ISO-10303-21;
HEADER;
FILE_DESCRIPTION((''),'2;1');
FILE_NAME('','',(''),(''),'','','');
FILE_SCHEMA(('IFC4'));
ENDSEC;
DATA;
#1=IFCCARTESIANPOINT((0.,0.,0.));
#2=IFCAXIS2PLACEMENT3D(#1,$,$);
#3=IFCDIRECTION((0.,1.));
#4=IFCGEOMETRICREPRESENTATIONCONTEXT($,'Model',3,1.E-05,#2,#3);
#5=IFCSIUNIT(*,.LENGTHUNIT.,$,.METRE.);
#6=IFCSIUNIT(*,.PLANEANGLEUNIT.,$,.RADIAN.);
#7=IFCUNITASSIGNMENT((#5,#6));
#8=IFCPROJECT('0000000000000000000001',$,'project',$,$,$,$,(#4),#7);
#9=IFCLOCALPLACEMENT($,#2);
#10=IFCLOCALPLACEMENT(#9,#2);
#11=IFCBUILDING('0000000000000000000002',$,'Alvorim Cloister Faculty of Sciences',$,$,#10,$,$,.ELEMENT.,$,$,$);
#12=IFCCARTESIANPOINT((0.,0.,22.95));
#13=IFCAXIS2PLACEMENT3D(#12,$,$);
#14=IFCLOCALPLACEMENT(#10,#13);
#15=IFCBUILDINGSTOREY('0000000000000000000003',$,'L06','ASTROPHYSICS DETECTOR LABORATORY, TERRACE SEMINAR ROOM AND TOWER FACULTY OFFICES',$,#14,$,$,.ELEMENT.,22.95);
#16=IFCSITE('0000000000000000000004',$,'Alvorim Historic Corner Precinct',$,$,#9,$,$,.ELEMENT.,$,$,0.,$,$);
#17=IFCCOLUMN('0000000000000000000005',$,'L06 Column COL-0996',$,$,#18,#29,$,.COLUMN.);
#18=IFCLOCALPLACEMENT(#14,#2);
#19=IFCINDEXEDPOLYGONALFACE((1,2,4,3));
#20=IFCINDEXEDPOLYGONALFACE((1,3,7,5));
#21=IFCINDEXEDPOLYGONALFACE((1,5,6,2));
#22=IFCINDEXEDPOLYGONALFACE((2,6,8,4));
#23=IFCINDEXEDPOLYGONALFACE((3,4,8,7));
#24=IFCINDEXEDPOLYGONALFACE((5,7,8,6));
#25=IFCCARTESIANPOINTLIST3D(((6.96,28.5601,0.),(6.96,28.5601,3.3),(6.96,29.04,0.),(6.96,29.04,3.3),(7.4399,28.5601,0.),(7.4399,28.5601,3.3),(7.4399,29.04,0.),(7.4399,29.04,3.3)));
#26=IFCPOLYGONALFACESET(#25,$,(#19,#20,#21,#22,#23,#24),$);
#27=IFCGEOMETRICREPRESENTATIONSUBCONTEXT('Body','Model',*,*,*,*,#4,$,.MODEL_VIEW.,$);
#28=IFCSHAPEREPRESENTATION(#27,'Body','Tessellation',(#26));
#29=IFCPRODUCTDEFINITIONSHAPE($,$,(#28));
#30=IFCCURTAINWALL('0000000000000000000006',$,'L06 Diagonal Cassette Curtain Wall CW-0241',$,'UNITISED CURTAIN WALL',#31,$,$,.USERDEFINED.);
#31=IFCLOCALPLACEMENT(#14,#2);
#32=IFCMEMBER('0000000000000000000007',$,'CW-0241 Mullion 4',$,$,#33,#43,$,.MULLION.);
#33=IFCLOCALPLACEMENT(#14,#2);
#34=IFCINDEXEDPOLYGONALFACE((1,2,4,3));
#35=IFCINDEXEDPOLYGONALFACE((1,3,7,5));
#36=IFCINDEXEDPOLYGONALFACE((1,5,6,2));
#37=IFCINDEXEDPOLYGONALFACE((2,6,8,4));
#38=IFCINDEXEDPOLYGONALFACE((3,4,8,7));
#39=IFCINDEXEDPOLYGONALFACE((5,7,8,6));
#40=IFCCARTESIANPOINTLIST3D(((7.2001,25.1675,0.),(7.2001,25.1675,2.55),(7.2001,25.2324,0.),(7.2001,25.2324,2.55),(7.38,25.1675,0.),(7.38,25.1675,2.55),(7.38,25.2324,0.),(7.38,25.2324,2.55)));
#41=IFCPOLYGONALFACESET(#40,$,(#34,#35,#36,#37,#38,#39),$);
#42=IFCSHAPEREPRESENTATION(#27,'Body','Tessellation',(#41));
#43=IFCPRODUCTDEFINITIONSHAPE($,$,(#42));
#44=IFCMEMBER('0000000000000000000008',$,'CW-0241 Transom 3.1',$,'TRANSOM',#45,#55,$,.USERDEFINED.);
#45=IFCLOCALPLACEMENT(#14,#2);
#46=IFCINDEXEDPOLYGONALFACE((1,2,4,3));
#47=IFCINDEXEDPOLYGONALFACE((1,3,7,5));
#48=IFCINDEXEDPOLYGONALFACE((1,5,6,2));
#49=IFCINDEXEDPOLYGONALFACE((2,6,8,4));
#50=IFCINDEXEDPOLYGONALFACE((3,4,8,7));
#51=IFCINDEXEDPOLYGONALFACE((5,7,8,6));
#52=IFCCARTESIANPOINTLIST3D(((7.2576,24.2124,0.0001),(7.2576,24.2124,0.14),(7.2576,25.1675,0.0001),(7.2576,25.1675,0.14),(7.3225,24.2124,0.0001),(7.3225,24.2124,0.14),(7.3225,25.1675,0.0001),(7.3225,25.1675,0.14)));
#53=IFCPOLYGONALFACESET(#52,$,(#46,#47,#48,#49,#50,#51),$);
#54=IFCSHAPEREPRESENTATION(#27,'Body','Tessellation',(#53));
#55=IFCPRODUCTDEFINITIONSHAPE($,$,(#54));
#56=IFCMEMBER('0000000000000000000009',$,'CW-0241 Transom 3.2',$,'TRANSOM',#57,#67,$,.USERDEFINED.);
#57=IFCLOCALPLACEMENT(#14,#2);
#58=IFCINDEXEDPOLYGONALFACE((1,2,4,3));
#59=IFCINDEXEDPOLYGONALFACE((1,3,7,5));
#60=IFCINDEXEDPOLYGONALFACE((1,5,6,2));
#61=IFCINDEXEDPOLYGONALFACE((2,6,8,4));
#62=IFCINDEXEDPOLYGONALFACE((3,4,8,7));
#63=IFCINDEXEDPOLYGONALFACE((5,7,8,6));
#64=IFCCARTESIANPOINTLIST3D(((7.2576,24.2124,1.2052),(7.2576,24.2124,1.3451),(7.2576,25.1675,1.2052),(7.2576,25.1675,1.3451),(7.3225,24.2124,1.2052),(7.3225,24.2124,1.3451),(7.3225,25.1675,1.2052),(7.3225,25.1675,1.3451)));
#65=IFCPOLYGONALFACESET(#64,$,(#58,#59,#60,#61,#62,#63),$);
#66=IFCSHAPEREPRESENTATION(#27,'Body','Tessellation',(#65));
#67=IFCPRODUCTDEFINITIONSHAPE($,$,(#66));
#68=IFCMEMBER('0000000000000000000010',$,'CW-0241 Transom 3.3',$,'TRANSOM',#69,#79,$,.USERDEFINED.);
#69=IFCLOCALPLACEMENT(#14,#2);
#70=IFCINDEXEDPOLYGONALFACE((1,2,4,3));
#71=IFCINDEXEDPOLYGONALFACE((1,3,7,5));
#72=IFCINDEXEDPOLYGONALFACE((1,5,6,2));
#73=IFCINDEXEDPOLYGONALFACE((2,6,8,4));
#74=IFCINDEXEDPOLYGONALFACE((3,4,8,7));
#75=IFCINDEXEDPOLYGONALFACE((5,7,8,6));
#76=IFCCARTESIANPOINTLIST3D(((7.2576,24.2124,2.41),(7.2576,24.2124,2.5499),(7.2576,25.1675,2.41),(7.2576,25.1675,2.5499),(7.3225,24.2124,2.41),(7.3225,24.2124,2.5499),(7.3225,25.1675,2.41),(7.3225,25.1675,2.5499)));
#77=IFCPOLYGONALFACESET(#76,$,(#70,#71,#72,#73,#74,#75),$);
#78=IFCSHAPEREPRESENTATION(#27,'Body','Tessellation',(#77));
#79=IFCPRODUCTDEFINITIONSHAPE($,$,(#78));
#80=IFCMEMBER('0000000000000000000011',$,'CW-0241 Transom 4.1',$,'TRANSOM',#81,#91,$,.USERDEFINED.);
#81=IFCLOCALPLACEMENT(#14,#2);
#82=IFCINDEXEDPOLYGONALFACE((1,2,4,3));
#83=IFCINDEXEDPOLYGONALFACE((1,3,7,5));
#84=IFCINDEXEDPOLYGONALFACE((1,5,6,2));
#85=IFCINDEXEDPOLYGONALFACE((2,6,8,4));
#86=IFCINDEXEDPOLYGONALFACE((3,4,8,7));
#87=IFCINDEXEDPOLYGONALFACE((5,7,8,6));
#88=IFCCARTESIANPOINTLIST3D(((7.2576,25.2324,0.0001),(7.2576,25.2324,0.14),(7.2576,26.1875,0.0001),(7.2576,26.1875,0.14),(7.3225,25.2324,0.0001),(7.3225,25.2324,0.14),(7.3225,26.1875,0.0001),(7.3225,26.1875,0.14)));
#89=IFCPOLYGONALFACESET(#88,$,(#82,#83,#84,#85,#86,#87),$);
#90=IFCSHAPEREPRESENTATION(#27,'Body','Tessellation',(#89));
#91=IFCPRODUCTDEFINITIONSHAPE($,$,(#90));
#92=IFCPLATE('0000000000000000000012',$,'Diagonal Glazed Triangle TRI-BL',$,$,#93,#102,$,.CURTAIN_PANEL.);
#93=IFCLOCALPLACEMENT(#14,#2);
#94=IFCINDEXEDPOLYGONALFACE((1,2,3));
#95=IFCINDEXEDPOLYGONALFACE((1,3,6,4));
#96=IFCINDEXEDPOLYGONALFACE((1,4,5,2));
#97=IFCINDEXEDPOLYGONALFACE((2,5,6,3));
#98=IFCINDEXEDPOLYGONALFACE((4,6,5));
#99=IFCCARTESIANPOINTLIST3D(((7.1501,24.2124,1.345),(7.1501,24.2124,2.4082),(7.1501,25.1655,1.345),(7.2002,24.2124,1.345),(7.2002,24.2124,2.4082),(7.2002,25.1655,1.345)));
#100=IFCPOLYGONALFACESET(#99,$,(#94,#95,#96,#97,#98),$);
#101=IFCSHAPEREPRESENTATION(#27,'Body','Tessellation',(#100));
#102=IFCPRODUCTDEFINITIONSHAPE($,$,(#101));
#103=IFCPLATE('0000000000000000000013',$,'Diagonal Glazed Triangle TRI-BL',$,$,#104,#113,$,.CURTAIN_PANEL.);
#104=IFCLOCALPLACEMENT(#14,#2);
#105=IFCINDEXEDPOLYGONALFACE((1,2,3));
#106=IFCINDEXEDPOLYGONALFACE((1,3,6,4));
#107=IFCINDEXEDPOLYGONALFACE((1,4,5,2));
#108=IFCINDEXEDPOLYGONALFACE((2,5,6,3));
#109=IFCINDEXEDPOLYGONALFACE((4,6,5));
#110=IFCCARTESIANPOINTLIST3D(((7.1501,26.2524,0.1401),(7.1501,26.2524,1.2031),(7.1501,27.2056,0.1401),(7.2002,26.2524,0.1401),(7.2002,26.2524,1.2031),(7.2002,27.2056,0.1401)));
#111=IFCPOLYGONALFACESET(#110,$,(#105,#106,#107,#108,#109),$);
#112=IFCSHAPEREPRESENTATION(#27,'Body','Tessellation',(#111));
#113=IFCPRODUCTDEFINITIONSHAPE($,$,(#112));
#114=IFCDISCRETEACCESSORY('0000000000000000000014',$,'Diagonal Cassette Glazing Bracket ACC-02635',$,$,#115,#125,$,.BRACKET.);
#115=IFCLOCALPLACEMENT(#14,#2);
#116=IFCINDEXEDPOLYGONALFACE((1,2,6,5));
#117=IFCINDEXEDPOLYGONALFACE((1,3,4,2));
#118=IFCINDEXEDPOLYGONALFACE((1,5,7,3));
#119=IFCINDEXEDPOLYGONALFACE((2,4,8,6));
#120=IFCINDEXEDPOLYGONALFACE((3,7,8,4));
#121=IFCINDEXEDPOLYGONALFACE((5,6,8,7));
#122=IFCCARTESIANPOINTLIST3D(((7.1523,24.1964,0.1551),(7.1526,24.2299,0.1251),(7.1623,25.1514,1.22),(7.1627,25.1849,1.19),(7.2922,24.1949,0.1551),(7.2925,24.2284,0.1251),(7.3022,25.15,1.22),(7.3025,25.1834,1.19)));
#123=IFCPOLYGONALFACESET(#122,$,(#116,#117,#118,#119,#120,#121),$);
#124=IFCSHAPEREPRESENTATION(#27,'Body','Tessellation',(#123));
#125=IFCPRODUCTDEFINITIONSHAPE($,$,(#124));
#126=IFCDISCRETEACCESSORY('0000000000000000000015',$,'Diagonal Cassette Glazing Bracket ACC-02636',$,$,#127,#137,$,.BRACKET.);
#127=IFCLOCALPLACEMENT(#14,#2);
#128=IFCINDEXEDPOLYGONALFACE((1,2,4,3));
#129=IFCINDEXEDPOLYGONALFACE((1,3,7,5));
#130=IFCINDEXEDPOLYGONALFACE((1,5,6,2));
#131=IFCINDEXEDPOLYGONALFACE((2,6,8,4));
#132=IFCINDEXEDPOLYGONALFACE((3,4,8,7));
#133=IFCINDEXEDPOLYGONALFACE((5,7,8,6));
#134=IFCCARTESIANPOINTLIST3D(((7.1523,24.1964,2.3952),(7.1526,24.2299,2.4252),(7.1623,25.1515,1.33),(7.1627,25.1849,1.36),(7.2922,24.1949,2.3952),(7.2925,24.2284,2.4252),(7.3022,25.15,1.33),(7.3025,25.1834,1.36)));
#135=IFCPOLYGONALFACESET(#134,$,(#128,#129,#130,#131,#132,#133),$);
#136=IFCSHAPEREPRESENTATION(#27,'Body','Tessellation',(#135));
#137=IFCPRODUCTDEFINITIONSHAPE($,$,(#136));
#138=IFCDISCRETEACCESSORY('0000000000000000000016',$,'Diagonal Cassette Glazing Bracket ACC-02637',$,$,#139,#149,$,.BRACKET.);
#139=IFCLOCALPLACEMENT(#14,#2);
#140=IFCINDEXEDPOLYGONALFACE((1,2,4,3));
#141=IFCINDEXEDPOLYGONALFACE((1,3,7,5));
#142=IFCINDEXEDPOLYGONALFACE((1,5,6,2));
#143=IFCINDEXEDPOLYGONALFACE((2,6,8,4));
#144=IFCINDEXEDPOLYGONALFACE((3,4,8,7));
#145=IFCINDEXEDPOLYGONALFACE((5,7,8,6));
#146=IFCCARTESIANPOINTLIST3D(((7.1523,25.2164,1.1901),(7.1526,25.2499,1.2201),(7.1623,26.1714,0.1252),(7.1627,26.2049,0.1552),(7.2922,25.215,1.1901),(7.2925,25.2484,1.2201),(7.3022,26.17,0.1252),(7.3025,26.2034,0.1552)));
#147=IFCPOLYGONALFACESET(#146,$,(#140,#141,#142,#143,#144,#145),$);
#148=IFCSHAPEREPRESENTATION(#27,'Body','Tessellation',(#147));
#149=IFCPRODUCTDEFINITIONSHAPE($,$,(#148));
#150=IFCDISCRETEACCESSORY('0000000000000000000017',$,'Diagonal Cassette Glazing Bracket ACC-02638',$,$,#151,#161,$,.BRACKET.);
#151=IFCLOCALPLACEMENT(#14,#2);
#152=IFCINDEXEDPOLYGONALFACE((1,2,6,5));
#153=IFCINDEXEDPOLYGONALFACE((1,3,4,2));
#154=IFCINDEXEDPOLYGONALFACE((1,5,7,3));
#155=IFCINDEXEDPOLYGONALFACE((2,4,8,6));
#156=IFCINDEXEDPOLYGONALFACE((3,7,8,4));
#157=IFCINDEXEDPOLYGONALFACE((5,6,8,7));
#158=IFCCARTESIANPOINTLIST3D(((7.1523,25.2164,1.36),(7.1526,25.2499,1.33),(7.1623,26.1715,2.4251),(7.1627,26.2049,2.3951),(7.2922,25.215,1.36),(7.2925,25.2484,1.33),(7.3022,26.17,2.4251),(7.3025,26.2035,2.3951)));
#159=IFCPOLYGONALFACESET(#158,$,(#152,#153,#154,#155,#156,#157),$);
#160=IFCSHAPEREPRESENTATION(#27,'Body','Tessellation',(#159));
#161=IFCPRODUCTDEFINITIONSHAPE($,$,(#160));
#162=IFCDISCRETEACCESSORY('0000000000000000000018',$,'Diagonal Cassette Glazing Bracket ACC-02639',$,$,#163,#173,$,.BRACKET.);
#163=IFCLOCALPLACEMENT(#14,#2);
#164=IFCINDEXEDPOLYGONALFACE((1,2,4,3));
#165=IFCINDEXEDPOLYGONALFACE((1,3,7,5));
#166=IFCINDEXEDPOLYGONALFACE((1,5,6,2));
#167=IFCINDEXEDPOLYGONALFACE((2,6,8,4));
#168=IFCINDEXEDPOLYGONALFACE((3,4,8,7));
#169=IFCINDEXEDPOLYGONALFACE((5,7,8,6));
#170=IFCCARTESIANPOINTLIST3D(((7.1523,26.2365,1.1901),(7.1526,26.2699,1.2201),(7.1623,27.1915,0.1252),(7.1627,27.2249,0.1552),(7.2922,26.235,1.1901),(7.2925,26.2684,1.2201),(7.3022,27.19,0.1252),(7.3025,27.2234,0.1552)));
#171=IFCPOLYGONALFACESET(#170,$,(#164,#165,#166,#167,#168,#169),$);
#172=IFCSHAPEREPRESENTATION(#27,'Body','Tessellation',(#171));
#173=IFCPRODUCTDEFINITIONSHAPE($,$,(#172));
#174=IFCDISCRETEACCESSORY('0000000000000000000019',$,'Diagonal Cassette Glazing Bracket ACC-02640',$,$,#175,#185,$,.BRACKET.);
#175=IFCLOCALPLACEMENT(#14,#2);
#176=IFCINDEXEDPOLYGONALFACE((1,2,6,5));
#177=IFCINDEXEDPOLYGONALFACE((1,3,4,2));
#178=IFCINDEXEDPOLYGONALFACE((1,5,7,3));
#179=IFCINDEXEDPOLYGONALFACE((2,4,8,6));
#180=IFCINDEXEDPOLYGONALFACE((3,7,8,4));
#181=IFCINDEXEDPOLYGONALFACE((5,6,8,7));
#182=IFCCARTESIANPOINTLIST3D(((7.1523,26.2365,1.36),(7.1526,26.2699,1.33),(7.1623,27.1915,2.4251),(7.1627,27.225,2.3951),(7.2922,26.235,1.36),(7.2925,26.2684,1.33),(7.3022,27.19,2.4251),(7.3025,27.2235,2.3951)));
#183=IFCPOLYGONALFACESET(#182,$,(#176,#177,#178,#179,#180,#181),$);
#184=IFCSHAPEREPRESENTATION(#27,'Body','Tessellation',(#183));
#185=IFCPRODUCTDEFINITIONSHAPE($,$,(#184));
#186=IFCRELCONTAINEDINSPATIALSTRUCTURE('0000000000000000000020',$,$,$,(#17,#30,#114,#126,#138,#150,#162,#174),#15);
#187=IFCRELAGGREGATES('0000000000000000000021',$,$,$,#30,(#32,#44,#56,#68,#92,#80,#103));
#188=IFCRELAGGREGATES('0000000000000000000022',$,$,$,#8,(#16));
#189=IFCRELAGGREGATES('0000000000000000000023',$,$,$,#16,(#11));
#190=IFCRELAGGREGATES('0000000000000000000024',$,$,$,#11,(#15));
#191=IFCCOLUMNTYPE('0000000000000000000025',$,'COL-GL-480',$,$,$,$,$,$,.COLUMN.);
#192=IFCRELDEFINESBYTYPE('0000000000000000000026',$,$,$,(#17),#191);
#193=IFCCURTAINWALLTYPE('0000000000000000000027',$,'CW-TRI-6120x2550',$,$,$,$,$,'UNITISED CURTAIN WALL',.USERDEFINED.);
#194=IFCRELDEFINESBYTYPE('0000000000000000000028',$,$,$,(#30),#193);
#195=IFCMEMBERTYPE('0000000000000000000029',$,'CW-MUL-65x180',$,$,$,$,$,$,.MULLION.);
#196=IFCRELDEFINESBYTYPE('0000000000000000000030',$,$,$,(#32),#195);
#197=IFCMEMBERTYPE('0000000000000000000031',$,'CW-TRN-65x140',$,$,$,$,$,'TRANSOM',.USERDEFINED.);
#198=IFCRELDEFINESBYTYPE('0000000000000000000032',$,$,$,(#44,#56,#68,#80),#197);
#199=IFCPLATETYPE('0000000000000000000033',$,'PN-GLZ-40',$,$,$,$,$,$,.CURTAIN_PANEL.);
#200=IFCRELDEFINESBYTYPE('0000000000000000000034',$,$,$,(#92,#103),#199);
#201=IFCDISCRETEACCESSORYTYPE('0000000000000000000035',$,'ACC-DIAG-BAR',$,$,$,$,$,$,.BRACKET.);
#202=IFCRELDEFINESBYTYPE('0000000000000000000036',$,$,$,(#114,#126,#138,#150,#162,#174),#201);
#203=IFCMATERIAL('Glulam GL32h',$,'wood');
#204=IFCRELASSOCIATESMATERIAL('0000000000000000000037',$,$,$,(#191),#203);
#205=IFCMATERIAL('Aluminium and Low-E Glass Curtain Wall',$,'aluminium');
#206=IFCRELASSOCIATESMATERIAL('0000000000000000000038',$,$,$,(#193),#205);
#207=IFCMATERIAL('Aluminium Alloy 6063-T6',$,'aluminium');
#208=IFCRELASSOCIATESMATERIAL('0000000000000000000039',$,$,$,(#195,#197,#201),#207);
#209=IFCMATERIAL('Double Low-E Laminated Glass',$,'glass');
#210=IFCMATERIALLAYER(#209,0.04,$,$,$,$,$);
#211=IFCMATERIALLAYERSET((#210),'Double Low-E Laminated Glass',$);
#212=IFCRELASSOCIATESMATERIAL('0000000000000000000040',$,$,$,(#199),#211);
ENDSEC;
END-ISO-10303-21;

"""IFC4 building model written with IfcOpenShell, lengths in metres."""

from ifc_helpers import new_model, si_unit, direction, frame, origin, origin_2d, place, context, subcontext, project, spatial, polyline, rectangle, outline, extrude, material, layer, layer_set, material_profile, profile_set, type_object, element, aggregate, save


model = new_model("IFC4")

# Units and contexts
model_context = context("Model", 3, precision=1e-05, world=origin(), true_north=direction((0.0, 1.0)))
body_context = subcontext(model_context, "Body", "Model", "MODEL_VIEW")
ifc_project = project(units=[si_unit("LENGTHUNIT", "METRE"), si_unit("PLANEANGLEUNIT", "RADIAN")], contexts=[model_context])

# Site, building, storey
site_placement = place(None, origin())
site = spatial("IfcSite", under=ifc_project, at=site_placement, Name="Alvorim Historic Corner Precinct", CompositionType="ELEMENT", RefElevation=0.0)
building_placement = place(site_placement, origin())
building = spatial("IfcBuilding", under=site, at=building_placement, Name="Alvorim Cloister Faculty of Sciences", CompositionType="ELEMENT")
storey_placement = place(building_placement, frame((0.0, 0.0, 22.95)))
storey = spatial("IfcBuildingStorey", under=building, at=storey_placement, Name="L06", Description="ASTROPHYSICS DETECTOR LABORATORY, TERRACE SEMINAR ROOM AND TOWER FACULTY OFFICES", CompositionType="ELEMENT", Elevation=22.95)

# Column
ifc_material_1 = material(Name="Glulam GL32h", Category="wood")
ifc_material_profile_1 = material_profile(ifc_material_1, rectangle(XDim=0.48, YDim=0.48, at=origin_2d()), Name="GL32-COL-480x480")
ifc_profile_set_1 = profile_set([ifc_material_profile_1], Name="Glulam GL32h")
column_type = type_object("IfcColumnType", Name="COL-GL-480", PredefinedType="COLUMN", material=ifc_profile_set_1)
column_placement = place(storey_placement, frame((7.2, 28.8, 0.0), z_axis=(0.0, 0.0, 1.0), x_axis=(1.0, 0.0, 0.0)))
element("IfcColumn", 1, at=column_placement, inside=storey, type_object=column_type, Name="L06 Column COL-0996", PredefinedType="COLUMN", context=body_context, shape_type="SweptSolid", body=[
    extrude(rectangle(XDim=0.48, YDim=0.48, at=origin_2d()), origin(), (0.0, 0.0, 1.0), 3.3),
])

# Curtain wall, members, plates
ifc_material_2 = material(Name="Aluminium and Low-E Glass Curtain Wall", Category="aluminium")
curtain_wall_type = type_object("IfcCurtainWallType", Name="CW-TRI-6120x2550", ElementType="UNITISED CURTAIN WALL", PredefinedType="USERDEFINED", material=ifc_material_2)
curtain_wall_placement = place(storey_placement, origin())
curtain_wall = element("IfcCurtainWall", 2, at=curtain_wall_placement, inside=storey, type_object=curtain_wall_type, Name="L06 Diagonal Cassette Curtain Wall CW-0241", ObjectType="UNITISED CURTAIN WALL", PredefinedType="USERDEFINED")
ifc_material_3 = material(Name="Aluminium Alloy 6063-T6", Category="aluminium")
ifc_material_profile_2 = material_profile(ifc_material_3, rectangle(XDim=0.0649, YDim=0.1799, at=origin_2d()), Name="ALU-MUL-65x180")
ifc_profile_set_2 = profile_set([ifc_material_profile_2], Name="Aluminium Alloy 6063-T6")
member_type_1 = type_object("IfcMemberType", Name="CW-MUL-65x180", PredefinedType="MULLION", material=ifc_profile_set_2)
member_1_placement = place(storey_placement, frame((7.29, 25.2, 0.0), z_axis=(0.0, 0.0, 1.0), x_axis=(0.0, 1.0, 0.0)))
member_1 = element("IfcMember", 3, at=member_1_placement, type_object=member_type_1, Name="CW-0241 Mullion 4", PredefinedType="MULLION", context=body_context, shape_type="SweptSolid", body=[
    extrude(rectangle(XDim=0.0649, YDim=0.1799, at=origin_2d()), origin(), (0.0, 0.0, 1.0), 2.55),
])
ifc_material_profile_3 = material_profile(ifc_material_3, rectangle(XDim=0.0649, YDim=0.1399, at=origin_2d()), Name="ALU-TRN-65x140")
ifc_profile_set_3 = profile_set([ifc_material_profile_3], Name="Aluminium Alloy 6063-T6")
member_type_2 = type_object("IfcMemberType", Name="CW-TRN-65x140", ElementType="TRANSOM", PredefinedType="USERDEFINED", material=ifc_profile_set_3)
member_2_placement = place(storey_placement, frame((7.29, 24.2124, 0.0701), z_axis=(0.0, 1.0, 0.0), x_axis=(-1.0, 0.0, 0.0)))
member_2 = element("IfcMember", 4, at=member_2_placement, type_object=member_type_2, Name="CW-0241 Transom 3.1", ObjectType="TRANSOM", PredefinedType="USERDEFINED", context=body_context, shape_type="SweptSolid", body=[
    extrude(rectangle(XDim=0.0649, YDim=0.1399, at=origin_2d()), origin(), (0.0, 0.0, 1.0), 0.9551),
])
member_3_placement = place(storey_placement, frame((7.29, 24.2124, 1.2751), z_axis=(0.0, 1.0, 0.0), x_axis=(-1.0, 0.0, 0.0)))
member_3 = element("IfcMember", 5, at=member_3_placement, type_object=member_type_2, Name="CW-0241 Transom 3.2", ObjectType="TRANSOM", PredefinedType="USERDEFINED", context=body_context, shape_type="SweptSolid", body=[
    extrude(rectangle(XDim=0.0649, YDim=0.1399, at=origin_2d()), origin(), (0.0, 0.0, 1.0), 0.9551),
])
member_4_placement = place(storey_placement, frame((7.29, 24.2124, 2.48), z_axis=(0.0, 1.0, 0.0), x_axis=(-1.0, 0.0, 0.0)))
member_4 = element("IfcMember", 6, at=member_4_placement, type_object=member_type_2, Name="CW-0241 Transom 3.3", ObjectType="TRANSOM", PredefinedType="USERDEFINED", context=body_context, shape_type="SweptSolid", body=[
    extrude(rectangle(XDim=0.0649, YDim=0.1399, at=origin_2d()), origin(), (0.0, 0.0, 1.0), 0.9551),
])
member_5_placement = place(storey_placement, frame((7.29, 25.2324, 0.0701), z_axis=(0.0, 1.0, 0.0), x_axis=(-1.0, 0.0, 0.0)))
member_5 = element("IfcMember", 7, at=member_5_placement, type_object=member_type_2, Name="CW-0241 Transom 4.1", ObjectType="TRANSOM", PredefinedType="USERDEFINED", context=body_context, shape_type="SweptSolid", body=[
    extrude(rectangle(XDim=0.0649, YDim=0.1399, at=origin_2d()), origin(), (0.0, 0.0, 1.0), 0.9551),
])
ifc_material_4 = material(Name="Double Low-E Laminated Glass", Category="glass")
ifc_layer = layer(ifc_material_4, 0.04)
ifc_layer_set = layer_set([ifc_layer], Name="Double Low-E Laminated Glass")
plate_type = type_object("IfcPlateType", Name="PN-GLZ-40", PredefinedType="CURTAIN_PANEL", material=ifc_layer_set)
plate_1_placement = place(storey_placement, frame((7.175, 24.2124, 1.345), z_axis=(0.0, 0.0, 1.0), x_axis=(0.0, 1.0, 0.0)))
plate_1 = element("IfcPlate", 8, at=plate_1_placement, type_object=plate_type, Name="Diagonal Glazed Triangle TRI-BL", PredefinedType="CURTAIN_PANEL", context=body_context, shape_type="SweptSolid", body=[
    extrude(outline(polyline([(0.0, 0.0), (0.9531, 0.0), (0.0, 1.0632), (0.0, 0.0)])), frame((0.0, 0.0249, 0.0), z_axis=(0.0, -1.0, 0.0), x_axis=(1.0, 0.0, 0.0)), (0.0, 0.0, 1.0), 0.05),
])
plate_2_placement = place(storey_placement, frame((7.175, 26.2524, 0.1401), z_axis=(0.0, 0.0, 1.0), x_axis=(0.0, 1.0, 0.0)))
plate_2 = element("IfcPlate", 9, at=plate_2_placement, type_object=plate_type, Name="Diagonal Glazed Triangle TRI-BL", PredefinedType="CURTAIN_PANEL", context=body_context, shape_type="SweptSolid", body=[
    extrude(outline(polyline([(0.0, 0.0), (0.9531, 0.0), (0.0, 1.063), (0.0, 0.0)])), frame((0.0, 0.0249, 0.0), z_axis=(0.0, -1.0, 0.0), x_axis=(1.0, 0.0, 0.0)), (0.0, 0.0, 1.0), 0.05),
])
aggregate(curtain_wall, [member_1, member_2, member_3, member_4, plate_1, member_5, plate_2])

# Discrete accessories
discrete_accessory_type = type_object("IfcDiscreteAccessoryType", Name="ACC-DIAG-BAR", PredefinedType="BRACKET", material=ifc_material_3)
discrete_accessory_1_placement = place(storey_placement, frame((7.2224, 24.2124, 0.1401), z_axis=(0.006997, 0.667646, 0.744446), x_axis=(-0.999945, 0.01048, 0.0)))
element("IfcDiscreteAccessory", 10, at=discrete_accessory_1_placement, inside=storey, type_object=discrete_accessory_type, Name="Diagonal Cassette Glazing Bracket ACC-02635", PredefinedType="BRACKET", context=body_context, shape_type="SweptSolid", body=[
    extrude(rectangle(XDim=0.1399, YDim=0.0449, at=origin_2d()), origin(), (0.0, 0.0, 1.0), 1.4304),
])
discrete_accessory_2_placement = place(storey_placement, frame((7.2224, 24.2124, 2.4102), z_axis=(0.006996, 0.667561, -0.744522), x_axis=(-0.999945, 0.01048, 0.0)))
element("IfcDiscreteAccessory", 11, at=discrete_accessory_2_placement, inside=storey, type_object=discrete_accessory_type, Name="Diagonal Cassette Glazing Bracket ACC-02636", PredefinedType="BRACKET", context=body_context, shape_type="SweptSolid", body=[
    extrude(rectangle(XDim=0.1399, YDim=0.0449, at=origin_2d()), origin(), (0.0, 0.0, 1.0), 1.4307),
])
discrete_accessory_3_placement = place(storey_placement, frame((7.2224, 25.2324, 1.2051), z_axis=(0.006997, 0.667646, -0.744446), x_axis=(-0.999945, 0.01048, 0.0)))
element("IfcDiscreteAccessory", 12, at=discrete_accessory_3_placement, inside=storey, type_object=discrete_accessory_type, Name="Diagonal Cassette Glazing Bracket ACC-02637", PredefinedType="BRACKET", context=body_context, shape_type="SweptSolid", body=[
    extrude(rectangle(XDim=0.1399, YDim=0.0449, at=origin_2d()), origin(), (0.0, 0.0, 1.0), 1.4304),
])
discrete_accessory_4_placement = place(storey_placement, frame((7.2224, 25.2324, 1.345), z_axis=(0.006996, 0.667561, 0.744522), x_axis=(-0.999945, 0.01048, 0.0)))
element("IfcDiscreteAccessory", 13, at=discrete_accessory_4_placement, inside=storey, type_object=discrete_accessory_type, Name="Diagonal Cassette Glazing Bracket ACC-02638", PredefinedType="BRACKET", context=body_context, shape_type="SweptSolid", body=[
    extrude(rectangle(XDim=0.1399, YDim=0.0449, at=origin_2d()), origin(), (0.0, 0.0, 1.0), 1.4307),
])
discrete_accessory_5_placement = place(storey_placement, frame((7.2224, 26.2524, 1.2051), z_axis=(0.006997, 0.667646, -0.744446), x_axis=(-0.999945, 0.01048, 0.0)))
element("IfcDiscreteAccessory", 14, at=discrete_accessory_5_placement, inside=storey, type_object=discrete_accessory_type, Name="Diagonal Cassette Glazing Bracket ACC-02639", PredefinedType="BRACKET", context=body_context, shape_type="SweptSolid", body=[
    extrude(rectangle(XDim=0.1399, YDim=0.0449, at=origin_2d()), origin(), (0.0, 0.0, 1.0), 1.4304),
])
discrete_accessory_6_placement = place(storey_placement, frame((7.2224, 26.2524, 1.345), z_axis=(0.006996, 0.667561, 0.744522), x_axis=(-0.999945, 0.01048, 0.0)))
element("IfcDiscreteAccessory", 15, at=discrete_accessory_6_placement, inside=storey, type_object=discrete_accessory_type, Name="Diagonal Cassette Glazing Bracket ACC-02640", PredefinedType="BRACKET", context=body_context, shape_type="SweptSolid", body=[
    extrude(rectangle(XDim=0.1399, YDim=0.0449, at=origin_2d()), origin(), (0.0, 0.0, 1.0), 1.4307),
])

save(model, "model.ifc")
